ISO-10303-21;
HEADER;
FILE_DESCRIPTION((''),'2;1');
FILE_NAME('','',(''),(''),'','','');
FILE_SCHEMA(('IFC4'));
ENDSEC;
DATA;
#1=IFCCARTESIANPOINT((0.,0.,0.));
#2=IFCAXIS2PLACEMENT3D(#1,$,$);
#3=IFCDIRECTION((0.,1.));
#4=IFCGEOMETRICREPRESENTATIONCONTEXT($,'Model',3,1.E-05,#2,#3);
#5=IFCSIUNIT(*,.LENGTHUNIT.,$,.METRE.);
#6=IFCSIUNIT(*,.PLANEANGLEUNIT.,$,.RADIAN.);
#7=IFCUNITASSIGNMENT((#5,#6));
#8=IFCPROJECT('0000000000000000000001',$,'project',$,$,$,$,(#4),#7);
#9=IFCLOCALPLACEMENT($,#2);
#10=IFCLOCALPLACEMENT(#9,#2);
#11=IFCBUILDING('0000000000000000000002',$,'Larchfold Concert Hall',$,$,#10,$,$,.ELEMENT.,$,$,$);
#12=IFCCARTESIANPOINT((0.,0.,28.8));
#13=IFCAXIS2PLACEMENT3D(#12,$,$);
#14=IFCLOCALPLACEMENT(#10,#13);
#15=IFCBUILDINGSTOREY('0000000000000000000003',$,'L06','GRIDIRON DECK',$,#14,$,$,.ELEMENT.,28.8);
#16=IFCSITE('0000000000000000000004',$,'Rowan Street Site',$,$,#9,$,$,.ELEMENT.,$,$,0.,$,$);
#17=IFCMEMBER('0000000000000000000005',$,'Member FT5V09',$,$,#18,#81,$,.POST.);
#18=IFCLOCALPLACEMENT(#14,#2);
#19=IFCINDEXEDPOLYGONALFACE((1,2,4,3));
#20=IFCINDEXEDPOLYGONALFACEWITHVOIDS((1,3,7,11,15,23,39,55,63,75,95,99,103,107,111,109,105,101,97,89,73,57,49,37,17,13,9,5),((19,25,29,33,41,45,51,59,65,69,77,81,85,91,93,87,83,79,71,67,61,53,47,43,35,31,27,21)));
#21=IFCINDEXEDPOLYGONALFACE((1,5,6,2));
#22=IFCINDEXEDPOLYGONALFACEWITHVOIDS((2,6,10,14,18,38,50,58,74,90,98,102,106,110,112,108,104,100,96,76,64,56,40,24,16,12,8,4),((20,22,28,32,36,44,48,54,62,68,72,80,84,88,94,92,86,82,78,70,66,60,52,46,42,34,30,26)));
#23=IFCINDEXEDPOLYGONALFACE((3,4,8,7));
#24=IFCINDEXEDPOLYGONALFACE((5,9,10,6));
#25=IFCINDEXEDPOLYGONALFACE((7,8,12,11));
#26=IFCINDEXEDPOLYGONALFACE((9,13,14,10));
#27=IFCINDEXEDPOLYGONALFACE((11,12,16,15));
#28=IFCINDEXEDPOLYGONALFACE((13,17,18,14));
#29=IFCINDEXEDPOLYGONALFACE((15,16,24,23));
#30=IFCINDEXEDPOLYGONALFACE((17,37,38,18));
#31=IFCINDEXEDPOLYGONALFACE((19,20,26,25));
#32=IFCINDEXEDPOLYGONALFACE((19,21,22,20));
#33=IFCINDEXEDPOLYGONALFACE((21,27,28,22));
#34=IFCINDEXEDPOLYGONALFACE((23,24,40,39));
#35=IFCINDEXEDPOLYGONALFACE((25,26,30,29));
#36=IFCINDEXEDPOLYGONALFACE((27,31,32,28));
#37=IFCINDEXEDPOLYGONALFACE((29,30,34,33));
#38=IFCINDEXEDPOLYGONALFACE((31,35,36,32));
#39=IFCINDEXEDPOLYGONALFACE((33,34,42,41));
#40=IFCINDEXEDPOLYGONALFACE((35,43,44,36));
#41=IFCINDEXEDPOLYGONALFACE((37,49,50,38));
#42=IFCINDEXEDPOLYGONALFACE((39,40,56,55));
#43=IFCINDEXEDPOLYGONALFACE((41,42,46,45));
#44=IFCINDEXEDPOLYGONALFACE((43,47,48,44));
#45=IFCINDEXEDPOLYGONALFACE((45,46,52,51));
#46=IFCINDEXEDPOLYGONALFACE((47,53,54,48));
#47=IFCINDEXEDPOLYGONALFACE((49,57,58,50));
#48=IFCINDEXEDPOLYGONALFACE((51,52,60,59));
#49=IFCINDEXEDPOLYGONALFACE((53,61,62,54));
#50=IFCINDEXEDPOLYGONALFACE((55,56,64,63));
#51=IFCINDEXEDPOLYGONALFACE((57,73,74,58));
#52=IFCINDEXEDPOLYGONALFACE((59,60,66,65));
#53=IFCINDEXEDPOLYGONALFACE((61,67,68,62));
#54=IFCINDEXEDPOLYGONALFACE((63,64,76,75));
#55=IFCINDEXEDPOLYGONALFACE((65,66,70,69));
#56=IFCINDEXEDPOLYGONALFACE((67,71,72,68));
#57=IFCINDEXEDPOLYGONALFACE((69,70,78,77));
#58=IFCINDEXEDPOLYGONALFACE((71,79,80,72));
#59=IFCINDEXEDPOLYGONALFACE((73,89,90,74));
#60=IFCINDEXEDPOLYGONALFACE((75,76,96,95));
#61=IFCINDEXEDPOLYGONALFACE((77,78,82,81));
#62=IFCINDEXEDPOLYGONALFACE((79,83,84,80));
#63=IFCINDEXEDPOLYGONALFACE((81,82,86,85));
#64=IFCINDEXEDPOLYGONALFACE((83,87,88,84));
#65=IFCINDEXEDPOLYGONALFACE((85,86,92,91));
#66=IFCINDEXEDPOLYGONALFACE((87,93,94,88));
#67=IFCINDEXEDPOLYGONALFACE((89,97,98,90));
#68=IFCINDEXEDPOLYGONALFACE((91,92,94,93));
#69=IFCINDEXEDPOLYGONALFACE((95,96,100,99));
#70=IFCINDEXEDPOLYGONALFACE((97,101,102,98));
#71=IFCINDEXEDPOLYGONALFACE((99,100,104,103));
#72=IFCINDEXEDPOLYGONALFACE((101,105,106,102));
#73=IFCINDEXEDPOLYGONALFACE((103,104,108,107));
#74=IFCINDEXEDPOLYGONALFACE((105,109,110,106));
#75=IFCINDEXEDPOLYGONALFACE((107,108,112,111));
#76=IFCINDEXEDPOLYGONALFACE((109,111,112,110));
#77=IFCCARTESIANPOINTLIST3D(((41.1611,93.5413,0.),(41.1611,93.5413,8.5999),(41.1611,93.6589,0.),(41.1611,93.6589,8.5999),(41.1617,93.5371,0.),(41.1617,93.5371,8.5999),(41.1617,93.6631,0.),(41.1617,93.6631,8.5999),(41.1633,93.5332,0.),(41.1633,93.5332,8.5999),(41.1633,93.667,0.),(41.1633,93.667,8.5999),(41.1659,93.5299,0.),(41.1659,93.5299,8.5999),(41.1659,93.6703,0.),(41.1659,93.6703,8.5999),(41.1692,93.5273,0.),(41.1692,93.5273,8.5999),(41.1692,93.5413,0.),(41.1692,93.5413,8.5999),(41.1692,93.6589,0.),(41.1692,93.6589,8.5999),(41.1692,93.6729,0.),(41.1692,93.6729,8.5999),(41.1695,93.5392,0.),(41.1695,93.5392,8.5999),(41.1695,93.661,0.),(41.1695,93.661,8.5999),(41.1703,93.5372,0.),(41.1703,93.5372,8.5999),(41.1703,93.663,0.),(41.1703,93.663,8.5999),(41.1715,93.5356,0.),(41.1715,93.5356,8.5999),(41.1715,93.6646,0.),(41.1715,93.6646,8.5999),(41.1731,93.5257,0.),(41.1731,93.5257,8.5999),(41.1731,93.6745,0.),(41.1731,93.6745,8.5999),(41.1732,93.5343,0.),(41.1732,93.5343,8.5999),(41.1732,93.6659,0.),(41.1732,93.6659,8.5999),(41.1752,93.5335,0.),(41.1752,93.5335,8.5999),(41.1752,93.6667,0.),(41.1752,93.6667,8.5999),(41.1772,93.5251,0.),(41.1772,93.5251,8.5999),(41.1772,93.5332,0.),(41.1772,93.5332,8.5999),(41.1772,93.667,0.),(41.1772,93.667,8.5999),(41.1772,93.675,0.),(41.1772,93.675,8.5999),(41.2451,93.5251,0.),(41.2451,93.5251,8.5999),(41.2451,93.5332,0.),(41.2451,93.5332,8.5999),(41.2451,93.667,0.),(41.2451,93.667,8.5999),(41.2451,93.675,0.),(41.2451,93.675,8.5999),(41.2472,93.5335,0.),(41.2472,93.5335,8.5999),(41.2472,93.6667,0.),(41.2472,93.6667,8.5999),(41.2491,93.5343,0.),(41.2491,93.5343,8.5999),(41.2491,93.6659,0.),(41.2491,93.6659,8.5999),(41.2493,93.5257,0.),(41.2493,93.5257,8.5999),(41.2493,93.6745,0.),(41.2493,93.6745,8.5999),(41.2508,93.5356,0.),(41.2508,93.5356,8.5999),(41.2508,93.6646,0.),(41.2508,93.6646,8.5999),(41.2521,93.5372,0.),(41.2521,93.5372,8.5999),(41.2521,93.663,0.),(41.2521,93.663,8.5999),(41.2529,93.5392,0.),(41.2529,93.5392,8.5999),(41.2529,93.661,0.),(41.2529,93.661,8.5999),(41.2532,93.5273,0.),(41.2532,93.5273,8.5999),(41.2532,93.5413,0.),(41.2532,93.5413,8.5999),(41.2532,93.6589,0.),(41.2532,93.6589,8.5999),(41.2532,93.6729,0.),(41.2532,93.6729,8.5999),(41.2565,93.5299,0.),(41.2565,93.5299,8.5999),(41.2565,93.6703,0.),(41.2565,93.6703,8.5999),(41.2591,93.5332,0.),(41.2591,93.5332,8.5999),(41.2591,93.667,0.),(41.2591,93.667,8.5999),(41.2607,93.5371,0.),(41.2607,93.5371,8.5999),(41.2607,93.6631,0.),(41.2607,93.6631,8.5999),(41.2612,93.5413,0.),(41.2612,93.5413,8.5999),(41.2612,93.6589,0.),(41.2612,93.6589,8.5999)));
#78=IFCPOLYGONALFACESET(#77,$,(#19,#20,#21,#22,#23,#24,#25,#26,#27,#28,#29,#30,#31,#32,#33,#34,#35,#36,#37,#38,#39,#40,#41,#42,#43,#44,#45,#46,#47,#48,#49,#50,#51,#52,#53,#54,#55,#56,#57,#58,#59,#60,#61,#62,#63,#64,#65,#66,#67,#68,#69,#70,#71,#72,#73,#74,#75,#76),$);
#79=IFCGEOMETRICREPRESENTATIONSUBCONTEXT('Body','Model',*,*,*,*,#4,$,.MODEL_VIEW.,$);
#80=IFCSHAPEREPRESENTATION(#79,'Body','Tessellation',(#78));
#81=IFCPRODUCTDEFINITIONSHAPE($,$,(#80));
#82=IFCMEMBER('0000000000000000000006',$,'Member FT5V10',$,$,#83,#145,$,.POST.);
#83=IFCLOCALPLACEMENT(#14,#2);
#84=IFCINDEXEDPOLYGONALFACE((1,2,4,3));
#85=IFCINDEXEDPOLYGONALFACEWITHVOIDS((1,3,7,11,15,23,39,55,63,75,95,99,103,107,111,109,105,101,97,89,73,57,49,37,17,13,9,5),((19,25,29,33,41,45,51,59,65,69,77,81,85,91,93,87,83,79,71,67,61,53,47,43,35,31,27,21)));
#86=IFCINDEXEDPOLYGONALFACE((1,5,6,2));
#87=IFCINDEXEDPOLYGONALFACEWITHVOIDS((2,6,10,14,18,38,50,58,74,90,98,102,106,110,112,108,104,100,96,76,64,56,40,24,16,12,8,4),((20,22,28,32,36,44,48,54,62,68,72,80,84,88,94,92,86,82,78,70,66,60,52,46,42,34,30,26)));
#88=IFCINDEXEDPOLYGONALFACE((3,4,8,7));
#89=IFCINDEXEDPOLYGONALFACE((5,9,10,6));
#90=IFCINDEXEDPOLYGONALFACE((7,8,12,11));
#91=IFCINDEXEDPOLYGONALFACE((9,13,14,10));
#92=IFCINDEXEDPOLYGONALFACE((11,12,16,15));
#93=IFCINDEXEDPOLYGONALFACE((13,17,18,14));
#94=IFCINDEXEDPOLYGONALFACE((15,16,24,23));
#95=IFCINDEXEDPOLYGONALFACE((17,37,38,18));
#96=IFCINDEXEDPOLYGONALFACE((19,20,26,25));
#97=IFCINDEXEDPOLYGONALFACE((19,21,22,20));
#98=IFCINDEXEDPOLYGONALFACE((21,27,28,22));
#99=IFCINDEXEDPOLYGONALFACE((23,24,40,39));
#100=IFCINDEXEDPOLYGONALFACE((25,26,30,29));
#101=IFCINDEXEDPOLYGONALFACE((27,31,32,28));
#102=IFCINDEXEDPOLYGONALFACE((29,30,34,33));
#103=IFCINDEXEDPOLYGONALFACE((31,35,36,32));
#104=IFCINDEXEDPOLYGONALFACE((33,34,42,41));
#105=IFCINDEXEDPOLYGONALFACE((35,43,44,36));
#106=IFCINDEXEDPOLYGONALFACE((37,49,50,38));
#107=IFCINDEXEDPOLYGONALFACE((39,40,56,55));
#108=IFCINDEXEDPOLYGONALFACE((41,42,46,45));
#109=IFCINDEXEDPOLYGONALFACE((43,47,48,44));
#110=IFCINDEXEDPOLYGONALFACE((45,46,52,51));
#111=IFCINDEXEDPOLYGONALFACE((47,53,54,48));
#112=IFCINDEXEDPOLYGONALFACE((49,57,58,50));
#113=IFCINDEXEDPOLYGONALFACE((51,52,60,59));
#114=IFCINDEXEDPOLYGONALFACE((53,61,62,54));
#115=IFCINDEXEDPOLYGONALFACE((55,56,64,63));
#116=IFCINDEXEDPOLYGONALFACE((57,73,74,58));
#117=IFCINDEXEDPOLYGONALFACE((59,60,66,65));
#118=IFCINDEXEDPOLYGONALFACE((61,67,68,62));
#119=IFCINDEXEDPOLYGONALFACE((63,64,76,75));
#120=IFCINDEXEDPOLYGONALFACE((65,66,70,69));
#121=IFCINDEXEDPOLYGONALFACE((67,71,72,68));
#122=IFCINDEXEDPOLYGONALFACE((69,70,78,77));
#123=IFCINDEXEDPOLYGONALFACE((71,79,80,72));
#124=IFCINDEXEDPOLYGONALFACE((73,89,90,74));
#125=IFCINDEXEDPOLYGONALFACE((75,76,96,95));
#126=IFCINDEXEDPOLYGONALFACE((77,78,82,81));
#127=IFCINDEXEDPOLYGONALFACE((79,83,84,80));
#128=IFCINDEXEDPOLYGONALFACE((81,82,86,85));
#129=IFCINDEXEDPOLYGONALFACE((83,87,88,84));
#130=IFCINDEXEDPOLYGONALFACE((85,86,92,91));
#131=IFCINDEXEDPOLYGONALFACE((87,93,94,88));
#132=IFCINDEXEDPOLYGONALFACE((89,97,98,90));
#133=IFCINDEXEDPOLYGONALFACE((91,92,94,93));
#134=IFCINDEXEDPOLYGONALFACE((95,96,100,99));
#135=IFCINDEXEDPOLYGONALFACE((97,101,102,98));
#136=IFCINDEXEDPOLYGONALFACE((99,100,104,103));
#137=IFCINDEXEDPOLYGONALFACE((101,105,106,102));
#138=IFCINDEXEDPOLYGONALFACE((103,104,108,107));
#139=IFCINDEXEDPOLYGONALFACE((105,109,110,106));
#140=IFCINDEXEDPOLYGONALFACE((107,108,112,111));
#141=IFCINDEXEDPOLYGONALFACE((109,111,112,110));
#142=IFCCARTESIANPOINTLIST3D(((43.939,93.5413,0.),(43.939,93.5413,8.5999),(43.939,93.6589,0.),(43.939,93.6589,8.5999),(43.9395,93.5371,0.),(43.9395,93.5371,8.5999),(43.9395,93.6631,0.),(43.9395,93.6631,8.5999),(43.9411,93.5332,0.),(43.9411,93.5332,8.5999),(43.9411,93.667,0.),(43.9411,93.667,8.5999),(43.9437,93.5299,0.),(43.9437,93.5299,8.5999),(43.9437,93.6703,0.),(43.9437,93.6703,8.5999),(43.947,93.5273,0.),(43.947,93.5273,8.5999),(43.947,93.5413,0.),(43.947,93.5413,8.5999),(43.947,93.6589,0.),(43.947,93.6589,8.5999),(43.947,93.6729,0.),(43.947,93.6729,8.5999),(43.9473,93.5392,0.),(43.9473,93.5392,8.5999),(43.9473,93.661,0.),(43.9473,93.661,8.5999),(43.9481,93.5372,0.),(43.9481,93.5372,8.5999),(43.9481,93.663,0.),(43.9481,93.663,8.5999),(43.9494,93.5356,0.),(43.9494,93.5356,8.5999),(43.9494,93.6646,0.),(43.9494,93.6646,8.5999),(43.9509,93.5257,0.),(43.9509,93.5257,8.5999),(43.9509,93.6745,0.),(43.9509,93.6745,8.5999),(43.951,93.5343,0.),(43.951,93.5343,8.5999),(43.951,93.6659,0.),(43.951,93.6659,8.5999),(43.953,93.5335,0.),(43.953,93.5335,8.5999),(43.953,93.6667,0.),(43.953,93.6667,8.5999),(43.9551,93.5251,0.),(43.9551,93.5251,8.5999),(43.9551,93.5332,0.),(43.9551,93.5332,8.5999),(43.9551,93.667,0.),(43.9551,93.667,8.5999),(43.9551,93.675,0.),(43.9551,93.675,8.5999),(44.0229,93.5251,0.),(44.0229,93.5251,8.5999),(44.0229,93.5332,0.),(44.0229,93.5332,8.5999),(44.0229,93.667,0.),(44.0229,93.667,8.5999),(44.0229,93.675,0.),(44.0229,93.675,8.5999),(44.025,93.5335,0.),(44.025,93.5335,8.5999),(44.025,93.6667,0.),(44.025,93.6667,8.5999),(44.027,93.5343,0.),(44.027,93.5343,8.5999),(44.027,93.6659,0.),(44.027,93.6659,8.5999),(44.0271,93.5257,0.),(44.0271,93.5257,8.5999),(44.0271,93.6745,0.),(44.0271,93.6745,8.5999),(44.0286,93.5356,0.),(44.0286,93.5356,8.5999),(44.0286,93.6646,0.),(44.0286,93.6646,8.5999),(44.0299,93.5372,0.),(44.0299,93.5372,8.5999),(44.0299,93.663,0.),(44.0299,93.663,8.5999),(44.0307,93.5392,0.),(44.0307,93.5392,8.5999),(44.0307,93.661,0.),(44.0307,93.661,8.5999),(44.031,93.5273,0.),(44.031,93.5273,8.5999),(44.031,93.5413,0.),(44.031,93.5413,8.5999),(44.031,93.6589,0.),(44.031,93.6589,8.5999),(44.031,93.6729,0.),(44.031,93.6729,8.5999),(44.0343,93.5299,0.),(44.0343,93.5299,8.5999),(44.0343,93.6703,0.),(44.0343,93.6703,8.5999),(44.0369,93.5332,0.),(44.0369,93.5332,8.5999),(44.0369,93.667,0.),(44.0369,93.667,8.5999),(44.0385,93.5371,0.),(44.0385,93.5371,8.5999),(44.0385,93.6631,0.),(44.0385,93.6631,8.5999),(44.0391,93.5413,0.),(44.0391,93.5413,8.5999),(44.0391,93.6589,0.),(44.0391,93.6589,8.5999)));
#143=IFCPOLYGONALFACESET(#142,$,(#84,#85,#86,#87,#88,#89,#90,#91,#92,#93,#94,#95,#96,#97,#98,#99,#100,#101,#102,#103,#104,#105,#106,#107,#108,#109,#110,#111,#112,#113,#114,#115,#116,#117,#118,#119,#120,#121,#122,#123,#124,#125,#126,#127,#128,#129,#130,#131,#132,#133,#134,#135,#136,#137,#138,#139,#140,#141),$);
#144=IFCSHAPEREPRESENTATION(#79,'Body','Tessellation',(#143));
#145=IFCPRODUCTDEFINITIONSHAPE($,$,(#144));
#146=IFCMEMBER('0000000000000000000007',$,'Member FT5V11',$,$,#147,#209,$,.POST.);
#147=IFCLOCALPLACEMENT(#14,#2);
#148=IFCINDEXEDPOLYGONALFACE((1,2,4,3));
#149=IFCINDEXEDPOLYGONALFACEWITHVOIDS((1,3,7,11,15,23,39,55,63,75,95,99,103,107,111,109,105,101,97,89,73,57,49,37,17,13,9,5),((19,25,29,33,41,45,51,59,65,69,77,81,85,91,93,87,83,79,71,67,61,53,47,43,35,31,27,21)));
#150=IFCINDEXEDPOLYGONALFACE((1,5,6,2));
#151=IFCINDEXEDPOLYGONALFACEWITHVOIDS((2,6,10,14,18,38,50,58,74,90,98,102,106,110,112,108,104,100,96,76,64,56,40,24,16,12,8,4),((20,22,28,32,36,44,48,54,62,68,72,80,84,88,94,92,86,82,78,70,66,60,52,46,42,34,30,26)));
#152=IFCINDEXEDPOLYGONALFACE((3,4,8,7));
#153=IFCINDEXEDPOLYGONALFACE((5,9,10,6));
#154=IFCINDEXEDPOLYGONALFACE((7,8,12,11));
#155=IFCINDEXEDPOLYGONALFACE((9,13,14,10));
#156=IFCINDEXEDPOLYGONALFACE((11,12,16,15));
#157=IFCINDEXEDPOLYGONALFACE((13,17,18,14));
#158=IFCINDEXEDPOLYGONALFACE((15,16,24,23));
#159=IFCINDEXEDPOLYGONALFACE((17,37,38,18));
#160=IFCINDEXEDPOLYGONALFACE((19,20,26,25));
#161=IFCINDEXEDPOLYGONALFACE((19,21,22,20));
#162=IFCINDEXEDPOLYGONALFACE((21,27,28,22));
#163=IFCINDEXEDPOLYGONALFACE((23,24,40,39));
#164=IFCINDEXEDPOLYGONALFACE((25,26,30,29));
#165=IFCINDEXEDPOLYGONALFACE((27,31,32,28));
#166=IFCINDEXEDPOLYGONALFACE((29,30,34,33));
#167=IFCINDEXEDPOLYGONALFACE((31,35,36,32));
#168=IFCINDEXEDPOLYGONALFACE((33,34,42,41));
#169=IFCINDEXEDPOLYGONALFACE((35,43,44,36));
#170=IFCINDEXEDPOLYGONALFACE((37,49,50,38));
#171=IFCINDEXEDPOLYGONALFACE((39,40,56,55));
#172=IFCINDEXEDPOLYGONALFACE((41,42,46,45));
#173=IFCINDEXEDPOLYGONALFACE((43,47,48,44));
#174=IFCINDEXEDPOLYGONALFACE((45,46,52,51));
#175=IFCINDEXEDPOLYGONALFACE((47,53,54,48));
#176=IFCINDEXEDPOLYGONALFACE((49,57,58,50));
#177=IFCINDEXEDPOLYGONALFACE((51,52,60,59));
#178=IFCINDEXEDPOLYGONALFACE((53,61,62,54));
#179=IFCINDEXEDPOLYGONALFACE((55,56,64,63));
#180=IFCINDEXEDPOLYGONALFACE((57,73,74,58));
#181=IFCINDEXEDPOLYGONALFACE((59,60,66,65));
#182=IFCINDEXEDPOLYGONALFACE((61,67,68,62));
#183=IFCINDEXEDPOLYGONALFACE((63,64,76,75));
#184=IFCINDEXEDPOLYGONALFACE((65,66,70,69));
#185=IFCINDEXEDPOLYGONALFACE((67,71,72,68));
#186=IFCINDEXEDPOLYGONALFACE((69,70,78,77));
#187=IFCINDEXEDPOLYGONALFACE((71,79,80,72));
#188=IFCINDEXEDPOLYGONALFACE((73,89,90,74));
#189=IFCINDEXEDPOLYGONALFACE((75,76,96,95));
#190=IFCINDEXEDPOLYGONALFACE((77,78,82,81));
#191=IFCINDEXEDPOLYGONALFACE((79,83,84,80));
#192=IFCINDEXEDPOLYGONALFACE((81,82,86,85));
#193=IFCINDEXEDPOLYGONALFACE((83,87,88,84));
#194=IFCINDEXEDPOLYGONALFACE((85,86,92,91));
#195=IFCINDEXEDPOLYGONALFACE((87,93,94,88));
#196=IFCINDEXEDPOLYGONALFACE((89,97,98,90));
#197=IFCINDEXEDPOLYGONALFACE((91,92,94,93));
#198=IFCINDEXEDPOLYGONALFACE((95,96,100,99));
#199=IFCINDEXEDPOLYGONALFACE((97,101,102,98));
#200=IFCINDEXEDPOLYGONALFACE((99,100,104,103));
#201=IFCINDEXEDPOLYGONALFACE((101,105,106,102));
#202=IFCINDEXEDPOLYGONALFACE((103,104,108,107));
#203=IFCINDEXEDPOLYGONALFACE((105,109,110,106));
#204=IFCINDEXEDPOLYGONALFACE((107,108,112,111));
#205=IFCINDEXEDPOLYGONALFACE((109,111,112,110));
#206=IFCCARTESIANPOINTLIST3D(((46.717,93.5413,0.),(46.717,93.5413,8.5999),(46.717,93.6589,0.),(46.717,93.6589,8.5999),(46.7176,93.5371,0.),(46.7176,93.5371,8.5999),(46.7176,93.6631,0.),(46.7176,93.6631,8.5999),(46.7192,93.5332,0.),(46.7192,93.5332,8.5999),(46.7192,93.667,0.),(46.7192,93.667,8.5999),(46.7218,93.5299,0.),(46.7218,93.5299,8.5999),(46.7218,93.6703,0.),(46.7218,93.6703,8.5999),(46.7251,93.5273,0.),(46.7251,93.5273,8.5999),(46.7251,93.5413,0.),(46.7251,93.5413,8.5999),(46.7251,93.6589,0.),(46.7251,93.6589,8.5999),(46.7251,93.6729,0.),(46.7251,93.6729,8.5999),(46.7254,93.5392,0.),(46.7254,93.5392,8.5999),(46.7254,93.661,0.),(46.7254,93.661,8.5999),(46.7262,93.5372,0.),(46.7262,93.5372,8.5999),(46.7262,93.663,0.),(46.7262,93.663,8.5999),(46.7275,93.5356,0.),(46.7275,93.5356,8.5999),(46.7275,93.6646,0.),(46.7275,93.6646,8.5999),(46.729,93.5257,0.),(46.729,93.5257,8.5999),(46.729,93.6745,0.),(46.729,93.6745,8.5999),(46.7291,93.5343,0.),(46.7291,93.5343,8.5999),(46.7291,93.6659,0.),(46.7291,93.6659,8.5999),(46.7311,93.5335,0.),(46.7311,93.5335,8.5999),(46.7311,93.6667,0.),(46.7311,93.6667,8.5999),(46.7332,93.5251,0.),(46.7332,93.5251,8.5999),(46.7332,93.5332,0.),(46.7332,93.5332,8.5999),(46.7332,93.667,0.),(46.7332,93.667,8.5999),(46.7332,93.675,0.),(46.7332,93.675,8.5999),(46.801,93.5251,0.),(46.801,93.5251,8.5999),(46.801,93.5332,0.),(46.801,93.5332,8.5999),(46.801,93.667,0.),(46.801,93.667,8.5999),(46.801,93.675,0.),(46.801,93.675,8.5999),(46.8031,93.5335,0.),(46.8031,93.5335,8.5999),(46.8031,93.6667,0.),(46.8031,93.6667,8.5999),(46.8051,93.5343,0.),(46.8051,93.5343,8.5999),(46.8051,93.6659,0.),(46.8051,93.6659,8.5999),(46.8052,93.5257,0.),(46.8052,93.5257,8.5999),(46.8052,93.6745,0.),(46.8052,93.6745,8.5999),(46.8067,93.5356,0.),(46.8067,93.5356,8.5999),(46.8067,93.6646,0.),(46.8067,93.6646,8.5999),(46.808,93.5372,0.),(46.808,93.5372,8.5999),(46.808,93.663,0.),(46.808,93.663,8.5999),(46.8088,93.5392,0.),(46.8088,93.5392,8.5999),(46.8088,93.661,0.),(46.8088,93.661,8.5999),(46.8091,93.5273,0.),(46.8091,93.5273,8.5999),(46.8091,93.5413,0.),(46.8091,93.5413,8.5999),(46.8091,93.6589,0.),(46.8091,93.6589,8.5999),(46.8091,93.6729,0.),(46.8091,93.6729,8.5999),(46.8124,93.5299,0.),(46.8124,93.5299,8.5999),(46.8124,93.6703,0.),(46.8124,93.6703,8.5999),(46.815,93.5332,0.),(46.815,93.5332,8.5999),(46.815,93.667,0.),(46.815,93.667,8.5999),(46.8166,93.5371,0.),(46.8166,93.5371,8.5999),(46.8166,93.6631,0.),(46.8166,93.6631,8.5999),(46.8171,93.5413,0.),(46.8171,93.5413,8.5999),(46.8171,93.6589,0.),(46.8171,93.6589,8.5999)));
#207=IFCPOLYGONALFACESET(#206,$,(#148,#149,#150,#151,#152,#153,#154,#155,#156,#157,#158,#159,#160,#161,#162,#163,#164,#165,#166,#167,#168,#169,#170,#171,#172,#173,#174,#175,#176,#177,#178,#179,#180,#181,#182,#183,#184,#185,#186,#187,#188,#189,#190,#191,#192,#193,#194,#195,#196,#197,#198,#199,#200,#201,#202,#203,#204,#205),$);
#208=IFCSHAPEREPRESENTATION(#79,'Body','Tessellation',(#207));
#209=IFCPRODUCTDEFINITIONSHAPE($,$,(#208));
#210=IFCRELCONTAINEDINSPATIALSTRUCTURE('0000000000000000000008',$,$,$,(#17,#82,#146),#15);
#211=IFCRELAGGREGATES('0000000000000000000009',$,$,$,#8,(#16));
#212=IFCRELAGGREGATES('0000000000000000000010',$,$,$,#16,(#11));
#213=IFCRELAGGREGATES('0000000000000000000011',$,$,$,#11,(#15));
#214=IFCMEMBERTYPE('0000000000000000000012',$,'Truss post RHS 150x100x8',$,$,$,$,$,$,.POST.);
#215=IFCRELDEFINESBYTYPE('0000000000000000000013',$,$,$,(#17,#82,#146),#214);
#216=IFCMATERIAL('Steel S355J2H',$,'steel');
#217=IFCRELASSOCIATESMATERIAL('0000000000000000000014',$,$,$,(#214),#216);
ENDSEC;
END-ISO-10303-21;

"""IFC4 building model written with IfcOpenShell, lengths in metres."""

from ifc_helpers import new_model, si_unit, direction, frame, origin, origin_2d, place, context, subcontext, project, spatial, hollow_rectangle, extrude, material, material_profile, profile_set, type_object, element, save


model = new_model("IFC4")

# Units and contexts
model_context = context("Model", 3, precision=1e-05, world=origin(), true_north=direction((0.0, 1.0)))
body_context = subcontext(model_context, "Body", "Model", "MODEL_VIEW")
ifc_project = project(units=[si_unit("LENGTHUNIT", "METRE"), si_unit("PLANEANGLEUNIT", "RADIAN")], contexts=[model_context])

# Site, building, storey
site_placement = place(None, origin())
site = spatial("IfcSite", under=ifc_project, at=site_placement, Name="Rowan Street Site", CompositionType="ELEMENT", RefElevation=0.0)
building_placement = place(site_placement, origin())
building = spatial("IfcBuilding", under=site, at=building_placement, Name="Larchfold Concert Hall", CompositionType="ELEMENT")
storey_placement = place(building_placement, frame((0.0, 0.0, 28.8)))
storey = spatial("IfcBuildingStorey", under=building, at=storey_placement, Name="L06", Description="GRIDIRON DECK", CompositionType="ELEMENT", Elevation=28.8)

# Members
ifc_material_1 = material(Name="Steel S355J2H", Category="steel")
ifc_material_profile_1 = material_profile(ifc_material_1, hollow_rectangle(XDim=0.1001, YDim=0.1499, WallThickness=0.0081, InnerFilletRadius=0.0081, OuterFilletRadius=0.0161, at=origin_2d()))
ifc_profile_set_1 = profile_set([ifc_material_profile_1], Name="Steel S355J2H")
member_type_1 = type_object("IfcMemberType", Name="Truss post RHS 150x100x8", PredefinedType="POST", material=ifc_profile_set_1)
for number, where, z_axis, x_axis, name in (
    (1, (41.2112, 93.6001, 8.5999), (0.0, 0.0, -1.0), (1.0, 0.0, 0.0), "Member FT5V09"),
    (2, (43.989, 93.6001, 8.5999), (0.0, 0.0, -1.0), (1.0, 0.0, 0.0), "Member FT5V10"),
    (3, (46.7671, 93.6001, 8.5999), (0.0, 0.0, -1.0), (1.0, 0.0, 0.0), "Member FT5V11"),
):
    element("IfcMember", number, at=place(storey_placement, frame(where, z_axis=z_axis, x_axis=x_axis)), inside=storey, type_object=member_type_1, Name=name, PredefinedType="POST", context=body_context, shape_type="SweptSolid", body=[
        extrude(hollow_rectangle(XDim=0.1001, YDim=0.1499, WallThickness=0.0081, InnerFilletRadius=0.0081, OuterFilletRadius=0.0161, at=origin_2d()), origin(), (0.0, 0.0, 1.0), 8.5999),
    ])

save(model, "model.ifc")
